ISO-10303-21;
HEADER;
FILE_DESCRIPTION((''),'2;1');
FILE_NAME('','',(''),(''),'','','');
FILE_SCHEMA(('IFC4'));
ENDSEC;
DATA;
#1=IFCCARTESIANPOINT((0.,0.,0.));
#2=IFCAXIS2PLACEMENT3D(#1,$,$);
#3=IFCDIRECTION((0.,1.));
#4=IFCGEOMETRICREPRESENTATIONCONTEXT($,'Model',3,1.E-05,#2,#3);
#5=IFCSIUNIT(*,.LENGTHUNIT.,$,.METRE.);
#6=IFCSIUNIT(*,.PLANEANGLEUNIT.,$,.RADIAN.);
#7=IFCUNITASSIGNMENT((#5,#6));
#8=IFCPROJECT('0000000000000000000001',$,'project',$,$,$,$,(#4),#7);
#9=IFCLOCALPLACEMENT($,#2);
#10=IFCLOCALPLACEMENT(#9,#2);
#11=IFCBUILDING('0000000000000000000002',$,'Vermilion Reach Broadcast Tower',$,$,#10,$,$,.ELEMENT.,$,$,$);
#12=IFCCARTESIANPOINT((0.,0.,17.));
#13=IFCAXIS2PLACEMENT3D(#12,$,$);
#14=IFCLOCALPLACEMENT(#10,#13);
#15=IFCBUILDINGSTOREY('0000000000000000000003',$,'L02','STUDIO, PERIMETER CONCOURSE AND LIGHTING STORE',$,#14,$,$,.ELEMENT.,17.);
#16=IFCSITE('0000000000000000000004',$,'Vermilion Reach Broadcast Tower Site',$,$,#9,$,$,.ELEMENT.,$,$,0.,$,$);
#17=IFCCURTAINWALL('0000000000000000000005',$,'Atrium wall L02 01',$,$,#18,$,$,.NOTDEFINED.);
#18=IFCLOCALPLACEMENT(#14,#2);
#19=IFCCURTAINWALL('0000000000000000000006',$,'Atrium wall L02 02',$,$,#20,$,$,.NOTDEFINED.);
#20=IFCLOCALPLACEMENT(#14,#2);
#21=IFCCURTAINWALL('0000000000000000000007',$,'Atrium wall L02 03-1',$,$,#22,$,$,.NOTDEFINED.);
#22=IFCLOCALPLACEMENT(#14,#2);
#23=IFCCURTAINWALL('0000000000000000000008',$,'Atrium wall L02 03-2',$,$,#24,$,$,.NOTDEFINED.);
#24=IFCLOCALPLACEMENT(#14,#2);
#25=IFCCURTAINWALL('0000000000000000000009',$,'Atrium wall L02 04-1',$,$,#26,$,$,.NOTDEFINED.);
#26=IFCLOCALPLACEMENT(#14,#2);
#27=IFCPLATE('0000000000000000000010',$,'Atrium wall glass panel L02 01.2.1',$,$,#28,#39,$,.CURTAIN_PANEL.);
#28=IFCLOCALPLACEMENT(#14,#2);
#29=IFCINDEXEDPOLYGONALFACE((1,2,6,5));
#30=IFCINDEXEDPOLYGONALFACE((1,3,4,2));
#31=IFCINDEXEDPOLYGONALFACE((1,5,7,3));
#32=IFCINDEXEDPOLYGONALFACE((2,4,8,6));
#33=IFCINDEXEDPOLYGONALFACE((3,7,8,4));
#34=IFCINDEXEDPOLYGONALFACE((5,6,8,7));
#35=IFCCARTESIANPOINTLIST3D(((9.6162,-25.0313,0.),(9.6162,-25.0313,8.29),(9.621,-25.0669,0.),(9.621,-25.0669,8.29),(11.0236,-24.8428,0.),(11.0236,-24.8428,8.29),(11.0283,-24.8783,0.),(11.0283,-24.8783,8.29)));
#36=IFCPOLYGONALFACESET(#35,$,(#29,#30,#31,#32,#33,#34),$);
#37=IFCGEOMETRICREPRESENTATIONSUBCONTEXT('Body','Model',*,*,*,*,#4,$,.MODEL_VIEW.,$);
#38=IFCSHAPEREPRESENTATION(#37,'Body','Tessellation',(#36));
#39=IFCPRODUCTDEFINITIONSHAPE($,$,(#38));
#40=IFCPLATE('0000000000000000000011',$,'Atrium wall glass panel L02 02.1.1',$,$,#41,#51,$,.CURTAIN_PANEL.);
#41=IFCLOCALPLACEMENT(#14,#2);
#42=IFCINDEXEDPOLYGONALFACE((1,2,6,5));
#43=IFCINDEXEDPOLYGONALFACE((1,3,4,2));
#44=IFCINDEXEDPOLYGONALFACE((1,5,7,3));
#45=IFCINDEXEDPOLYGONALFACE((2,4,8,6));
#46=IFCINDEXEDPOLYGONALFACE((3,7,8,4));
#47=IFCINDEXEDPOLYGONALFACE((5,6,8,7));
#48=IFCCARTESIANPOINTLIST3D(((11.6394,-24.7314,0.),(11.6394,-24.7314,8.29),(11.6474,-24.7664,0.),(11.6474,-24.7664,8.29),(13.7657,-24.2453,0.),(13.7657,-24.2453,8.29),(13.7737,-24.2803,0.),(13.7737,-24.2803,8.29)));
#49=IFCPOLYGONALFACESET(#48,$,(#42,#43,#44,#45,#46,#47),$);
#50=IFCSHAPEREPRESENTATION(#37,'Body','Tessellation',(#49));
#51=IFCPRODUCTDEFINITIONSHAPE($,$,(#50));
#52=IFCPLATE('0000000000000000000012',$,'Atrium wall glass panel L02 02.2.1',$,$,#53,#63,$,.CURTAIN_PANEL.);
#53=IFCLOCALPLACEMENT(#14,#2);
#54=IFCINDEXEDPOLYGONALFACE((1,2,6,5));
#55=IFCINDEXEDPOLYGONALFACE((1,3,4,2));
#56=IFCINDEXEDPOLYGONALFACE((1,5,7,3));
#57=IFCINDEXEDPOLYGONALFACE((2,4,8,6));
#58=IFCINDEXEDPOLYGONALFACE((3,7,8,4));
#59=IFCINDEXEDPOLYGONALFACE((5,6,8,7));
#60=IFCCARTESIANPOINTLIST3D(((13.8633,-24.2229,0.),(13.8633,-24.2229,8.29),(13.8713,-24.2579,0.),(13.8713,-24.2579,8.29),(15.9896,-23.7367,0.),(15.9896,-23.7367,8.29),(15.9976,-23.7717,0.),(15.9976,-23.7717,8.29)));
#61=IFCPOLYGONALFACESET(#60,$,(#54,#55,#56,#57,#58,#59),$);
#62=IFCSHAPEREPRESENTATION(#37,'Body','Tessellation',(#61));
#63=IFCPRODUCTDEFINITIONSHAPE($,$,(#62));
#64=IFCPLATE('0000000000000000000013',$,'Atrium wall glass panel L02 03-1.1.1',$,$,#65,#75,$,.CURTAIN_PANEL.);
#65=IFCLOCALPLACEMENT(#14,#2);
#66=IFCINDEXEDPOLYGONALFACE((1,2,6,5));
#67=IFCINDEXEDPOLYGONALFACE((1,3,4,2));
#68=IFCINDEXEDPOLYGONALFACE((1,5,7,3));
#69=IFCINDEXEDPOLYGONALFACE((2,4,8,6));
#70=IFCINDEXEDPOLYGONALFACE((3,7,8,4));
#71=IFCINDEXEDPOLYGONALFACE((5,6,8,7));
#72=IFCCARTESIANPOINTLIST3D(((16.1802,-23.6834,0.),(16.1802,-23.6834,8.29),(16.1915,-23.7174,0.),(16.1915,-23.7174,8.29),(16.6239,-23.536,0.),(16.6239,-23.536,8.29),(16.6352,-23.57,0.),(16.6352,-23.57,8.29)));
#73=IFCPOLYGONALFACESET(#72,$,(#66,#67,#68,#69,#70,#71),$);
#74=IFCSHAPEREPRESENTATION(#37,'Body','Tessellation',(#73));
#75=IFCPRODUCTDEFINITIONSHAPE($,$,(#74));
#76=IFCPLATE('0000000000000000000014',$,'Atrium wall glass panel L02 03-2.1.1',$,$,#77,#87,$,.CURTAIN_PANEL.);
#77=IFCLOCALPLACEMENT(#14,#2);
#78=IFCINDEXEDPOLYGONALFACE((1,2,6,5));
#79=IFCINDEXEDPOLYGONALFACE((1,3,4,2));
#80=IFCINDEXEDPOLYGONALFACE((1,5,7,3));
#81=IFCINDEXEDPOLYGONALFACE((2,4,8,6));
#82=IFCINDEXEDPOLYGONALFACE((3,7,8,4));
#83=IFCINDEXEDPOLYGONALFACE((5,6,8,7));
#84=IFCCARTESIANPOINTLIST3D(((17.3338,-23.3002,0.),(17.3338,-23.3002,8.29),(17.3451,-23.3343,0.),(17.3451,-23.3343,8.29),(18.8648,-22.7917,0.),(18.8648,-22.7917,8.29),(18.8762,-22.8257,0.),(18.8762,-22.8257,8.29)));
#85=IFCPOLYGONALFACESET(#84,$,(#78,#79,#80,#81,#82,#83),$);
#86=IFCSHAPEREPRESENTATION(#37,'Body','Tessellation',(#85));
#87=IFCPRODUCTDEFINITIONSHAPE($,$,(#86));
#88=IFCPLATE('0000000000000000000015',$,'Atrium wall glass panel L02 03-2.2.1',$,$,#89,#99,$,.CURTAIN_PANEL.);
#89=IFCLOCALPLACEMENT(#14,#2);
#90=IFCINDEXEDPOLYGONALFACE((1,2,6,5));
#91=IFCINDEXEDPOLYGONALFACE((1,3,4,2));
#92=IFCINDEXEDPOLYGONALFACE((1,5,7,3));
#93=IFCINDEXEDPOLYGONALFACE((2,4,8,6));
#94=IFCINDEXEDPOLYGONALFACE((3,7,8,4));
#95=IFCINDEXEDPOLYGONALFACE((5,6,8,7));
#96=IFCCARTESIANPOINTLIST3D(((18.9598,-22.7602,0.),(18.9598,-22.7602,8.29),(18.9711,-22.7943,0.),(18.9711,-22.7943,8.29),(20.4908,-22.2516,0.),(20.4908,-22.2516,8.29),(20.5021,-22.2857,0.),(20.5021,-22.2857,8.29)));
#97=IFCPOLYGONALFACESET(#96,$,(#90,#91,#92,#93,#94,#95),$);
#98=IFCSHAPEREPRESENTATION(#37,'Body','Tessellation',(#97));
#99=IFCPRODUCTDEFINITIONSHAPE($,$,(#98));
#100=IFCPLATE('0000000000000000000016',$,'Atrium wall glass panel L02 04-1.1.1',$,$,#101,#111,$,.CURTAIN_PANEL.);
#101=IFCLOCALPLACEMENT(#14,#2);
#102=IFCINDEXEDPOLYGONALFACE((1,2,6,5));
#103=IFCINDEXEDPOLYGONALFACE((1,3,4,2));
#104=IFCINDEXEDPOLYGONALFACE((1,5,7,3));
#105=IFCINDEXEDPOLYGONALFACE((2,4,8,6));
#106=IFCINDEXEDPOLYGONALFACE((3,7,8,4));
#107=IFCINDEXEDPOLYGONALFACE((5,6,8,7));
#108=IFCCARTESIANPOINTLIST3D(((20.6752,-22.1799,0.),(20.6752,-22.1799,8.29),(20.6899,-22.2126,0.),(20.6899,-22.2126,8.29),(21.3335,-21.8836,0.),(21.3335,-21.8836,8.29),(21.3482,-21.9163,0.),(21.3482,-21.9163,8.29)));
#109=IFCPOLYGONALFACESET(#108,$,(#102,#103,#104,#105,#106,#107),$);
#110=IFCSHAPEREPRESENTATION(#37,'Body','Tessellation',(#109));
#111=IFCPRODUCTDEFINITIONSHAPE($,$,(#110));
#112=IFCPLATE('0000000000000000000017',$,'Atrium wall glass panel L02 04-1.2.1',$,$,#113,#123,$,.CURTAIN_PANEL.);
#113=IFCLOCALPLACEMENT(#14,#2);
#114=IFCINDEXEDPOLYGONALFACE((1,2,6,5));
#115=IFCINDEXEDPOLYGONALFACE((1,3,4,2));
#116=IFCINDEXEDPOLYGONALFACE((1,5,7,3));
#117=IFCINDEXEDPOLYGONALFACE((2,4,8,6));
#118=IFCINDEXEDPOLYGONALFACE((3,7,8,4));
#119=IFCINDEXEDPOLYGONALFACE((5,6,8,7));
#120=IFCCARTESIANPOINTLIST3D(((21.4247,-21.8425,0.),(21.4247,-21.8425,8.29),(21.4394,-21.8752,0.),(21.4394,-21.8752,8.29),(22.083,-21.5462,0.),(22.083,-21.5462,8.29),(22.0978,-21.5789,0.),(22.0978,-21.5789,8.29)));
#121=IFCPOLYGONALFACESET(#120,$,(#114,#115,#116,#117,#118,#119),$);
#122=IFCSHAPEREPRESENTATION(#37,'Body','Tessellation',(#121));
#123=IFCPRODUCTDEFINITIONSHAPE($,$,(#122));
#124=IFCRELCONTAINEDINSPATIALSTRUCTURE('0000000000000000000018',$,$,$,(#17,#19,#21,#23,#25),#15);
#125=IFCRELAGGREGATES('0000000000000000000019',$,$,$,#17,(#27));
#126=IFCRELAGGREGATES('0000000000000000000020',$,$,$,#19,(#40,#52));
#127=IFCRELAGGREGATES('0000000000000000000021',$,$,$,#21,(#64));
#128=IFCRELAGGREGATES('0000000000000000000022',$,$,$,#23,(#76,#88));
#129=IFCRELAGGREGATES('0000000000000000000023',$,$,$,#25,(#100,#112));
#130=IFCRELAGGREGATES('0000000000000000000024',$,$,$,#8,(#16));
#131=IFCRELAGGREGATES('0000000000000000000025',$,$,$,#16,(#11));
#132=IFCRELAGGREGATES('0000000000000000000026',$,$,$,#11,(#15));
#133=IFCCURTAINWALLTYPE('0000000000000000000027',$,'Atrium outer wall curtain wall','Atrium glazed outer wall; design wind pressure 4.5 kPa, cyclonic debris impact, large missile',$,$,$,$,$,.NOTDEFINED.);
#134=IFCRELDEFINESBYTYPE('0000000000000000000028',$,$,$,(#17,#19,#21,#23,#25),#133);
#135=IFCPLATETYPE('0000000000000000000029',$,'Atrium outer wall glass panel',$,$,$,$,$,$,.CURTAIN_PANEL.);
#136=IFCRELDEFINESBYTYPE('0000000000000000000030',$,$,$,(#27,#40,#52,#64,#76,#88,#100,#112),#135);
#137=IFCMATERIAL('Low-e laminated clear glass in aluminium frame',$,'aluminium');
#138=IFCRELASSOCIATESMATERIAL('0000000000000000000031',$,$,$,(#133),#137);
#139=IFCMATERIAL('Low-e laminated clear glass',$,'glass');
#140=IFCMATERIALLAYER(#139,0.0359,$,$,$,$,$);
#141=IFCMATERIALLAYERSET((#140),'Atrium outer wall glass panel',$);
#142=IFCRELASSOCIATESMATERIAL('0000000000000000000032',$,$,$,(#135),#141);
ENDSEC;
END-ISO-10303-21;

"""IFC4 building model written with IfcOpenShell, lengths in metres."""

from ifc_helpers import new_model, si_unit, direction, frame, origin, origin_2d, place, context, subcontext, project, spatial, rectangle, extrude, material, layer, layer_set, type_object, element, aggregate, save


model = new_model("IFC4")

# Units and contexts
model_context = context("Model", 3, precision=1e-05, world=origin(), true_north=direction((0.0, 1.0)))
body_context = subcontext(model_context, "Body", "Model", "MODEL_VIEW")
ifc_project = project(units=[si_unit("LENGTHUNIT", "METRE"), si_unit("PLANEANGLEUNIT", "RADIAN")], contexts=[model_context])

# Site, building, storey
site_placement = place(None, origin())
site = spatial("IfcSite", under=ifc_project, at=site_placement, Name="Vermilion Reach Broadcast Tower Site", CompositionType="ELEMENT", RefElevation=0.0)
building_placement = place(site_placement, origin())
building = spatial("IfcBuilding", under=site, at=building_placement, Name="Vermilion Reach Broadcast Tower", CompositionType="ELEMENT")
storey_placement = place(building_placement, frame((0.0, 0.0, 17.0)))
storey = spatial("IfcBuildingStorey", under=building, at=storey_placement, Name="L02", Description="STUDIO, PERIMETER CONCOURSE AND LIGHTING STORE", CompositionType="ELEMENT", Elevation=17.0)

# Curtain wall
ifc_material_1 = material(Name="Low-e laminated clear glass in aluminium frame", Category="aluminium")
curtain_wall_type = type_object("IfcCurtainWallType", Name="Atrium outer wall curtain wall", Description="Atrium glazed outer wall; design wind pressure 4.5 kPa, cyclonic debris impact, large missile", PredefinedType="NOTDEFINED", material=ifc_material_1)
placement = place(storey_placement, origin())
curtain_wall_1 = element("IfcCurtainWall", 1, at=placement, inside=storey, type_object=curtain_wall_type, Name="Atrium wall L02 01", PredefinedType="NOTDEFINED")

# Curtain walls
curtain_wall_2 = element("IfcCurtainWall", 2, at=placement, inside=storey, type_object=curtain_wall_type, Name="Atrium wall L02 02", PredefinedType="NOTDEFINED")
curtain_wall_3 = element("IfcCurtainWall", 3, at=placement, inside=storey, type_object=curtain_wall_type, Name="Atrium wall L02 03-1", PredefinedType="NOTDEFINED")
curtain_wall_4 = element("IfcCurtainWall", 4, at=placement, inside=storey, type_object=curtain_wall_type, Name="Atrium wall L02 03-2", PredefinedType="NOTDEFINED")
curtain_wall_5 = element("IfcCurtainWall", 5, at=placement, inside=storey, type_object=curtain_wall_type, Name="Atrium wall L02 04-1", PredefinedType="NOTDEFINED")

# Plates
ifc_material_2 = material(Name="Low-e laminated clear glass", Category="glass")
ifc_layer = layer(ifc_material_2, 0.0359)
ifc_layer_set = layer_set([ifc_layer], Name="Atrium outer wall glass panel")
plate_type = type_object("IfcPlateType", Name="Atrium outer wall glass panel", PredefinedType="CURTAIN_PANEL", material=ifc_layer_set)
plate_1_placement = place(storey_placement, frame((10.3223, -24.9548, 0.0), z_axis=(0.0, 0.0, 1.0), x_axis=(0.991144, 0.132794, 0.0)))
plate_1 = element("IfcPlate", 6, at=plate_1_placement, type_object=plate_type, Name="Atrium wall glass panel L02 01.2.1", PredefinedType="CURTAIN_PANEL", context=body_context, shape_type="SweptSolid", body=[
    extrude(rectangle(XDim=1.4199, YDim=0.0359, at=origin_2d()), origin(), (0.0, 0.0, 1.0), 8.29),
])
aggregate(curtain_wall_1, [plate_1])
plate_2_placement = place(storey_placement, frame((12.7065, -24.5059, 0.0), z_axis=(0.0, 0.0, 1.0), x_axis=(0.974843, 0.222892, 0.0)))
plate_2 = element("IfcPlate", 7, at=plate_2_placement, type_object=plate_type, Name="Atrium wall glass panel L02 02.1.1", PredefinedType="CURTAIN_PANEL", context=body_context, shape_type="SweptSolid", body=[
    extrude(rectangle(XDim=2.1812, YDim=0.0359, at=origin_2d()), origin(), (0.0, 0.0, 1.0), 8.29),
])
plate_3_placement = place(storey_placement, frame((14.9304, -23.9973, 0.0), z_axis=(0.0, 0.0, 1.0), x_axis=(0.974843, 0.222892, 0.0)))
plate_3 = element("IfcPlate", 8, at=plate_3_placement, type_object=plate_type, Name="Atrium wall glass panel L02 02.2.1", PredefinedType="CURTAIN_PANEL", context=body_context, shape_type="SweptSolid", body=[
    extrude(rectangle(XDim=2.1812, YDim=0.0359, at=origin_2d()), origin(), (0.0, 0.0, 1.0), 8.29),
])
aggregate(curtain_wall_2, [plate_2, plate_3])
plate_4_placement = place(storey_placement, frame((16.4077, -23.6267, 0.0), z_axis=(0.0, 0.0, 1.0), x_axis=(0.949016, 0.315228, 0.0)))
plate_4 = element("IfcPlate", 9, at=plate_4_placement, type_object=plate_type, Name="Atrium wall glass panel L02 03-1.1.1", PredefinedType="CURTAIN_PANEL", context=body_context, shape_type="SweptSolid", body=[
    extrude(rectangle(XDim=0.4675, YDim=0.0359, at=origin_2d()), origin(), (0.0, 0.0, 1.0), 8.29),
])
aggregate(curtain_wall_3, [plate_4])
plate_5_placement = place(storey_placement, frame((18.105, -23.063, 0.0), z_axis=(0.0, 0.0, 1.0), x_axis=(0.949016, 0.315228, 0.0)))
plate_5 = element("IfcPlate", 10, at=plate_5_placement, type_object=plate_type, Name="Atrium wall glass panel L02 03-2.1.1", PredefinedType="CURTAIN_PANEL", context=body_context, shape_type="SweptSolid", body=[
    extrude(rectangle(XDim=1.6133, YDim=0.0359, at=origin_2d()), origin(), (0.0, 0.0, 1.0), 8.29),
])
plate_6_placement = place(storey_placement, frame((19.731, -22.5229, 0.0), z_axis=(0.0, 0.0, 1.0), x_axis=(0.949016, 0.315228, 0.0)))
plate_6 = element("IfcPlate", 11, at=plate_6_placement, type_object=plate_type, Name="Atrium wall glass panel L02 03-2.2.1", PredefinedType="CURTAIN_PANEL", context=body_context, shape_type="SweptSolid", body=[
    extrude(rectangle(XDim=1.6133, YDim=0.0359, at=origin_2d()), origin(), (0.0, 0.0, 1.0), 8.29),
])
aggregate(curtain_wall_4, [plate_5, plate_6])
plate_7_placement = place(storey_placement, frame((21.0117, -22.0481, 0.0), z_axis=(0.0, 0.0, 1.0), x_axis=(0.911902, 0.410408, 0.0)))
plate_7 = element("IfcPlate", 12, at=plate_7_placement, type_object=plate_type, Name="Atrium wall glass panel L02 04-1.1.1", PredefinedType="CURTAIN_PANEL", context=body_context, shape_type="SweptSolid", body=[
    extrude(rectangle(XDim=0.7219, YDim=0.0359, at=origin_2d()), origin(), (0.0, 0.0, 1.0), 8.29),
])
plate_8_placement = place(storey_placement, frame((21.7612, -21.7107, 0.0), z_axis=(0.0, 0.0, 1.0), x_axis=(0.911902, 0.410408, 0.0)))
plate_8 = element("IfcPlate", 13, at=plate_8_placement, type_object=plate_type, Name="Atrium wall glass panel L02 04-1.2.1", PredefinedType="CURTAIN_PANEL", context=body_context, shape_type="SweptSolid", body=[
    extrude(rectangle(XDim=0.7219, YDim=0.0359, at=origin_2d()), origin(), (0.0, 0.0, 1.0), 8.29),
])
aggregate(curtain_wall_5, [plate_7, plate_8])

save(model, "model.ifc")
